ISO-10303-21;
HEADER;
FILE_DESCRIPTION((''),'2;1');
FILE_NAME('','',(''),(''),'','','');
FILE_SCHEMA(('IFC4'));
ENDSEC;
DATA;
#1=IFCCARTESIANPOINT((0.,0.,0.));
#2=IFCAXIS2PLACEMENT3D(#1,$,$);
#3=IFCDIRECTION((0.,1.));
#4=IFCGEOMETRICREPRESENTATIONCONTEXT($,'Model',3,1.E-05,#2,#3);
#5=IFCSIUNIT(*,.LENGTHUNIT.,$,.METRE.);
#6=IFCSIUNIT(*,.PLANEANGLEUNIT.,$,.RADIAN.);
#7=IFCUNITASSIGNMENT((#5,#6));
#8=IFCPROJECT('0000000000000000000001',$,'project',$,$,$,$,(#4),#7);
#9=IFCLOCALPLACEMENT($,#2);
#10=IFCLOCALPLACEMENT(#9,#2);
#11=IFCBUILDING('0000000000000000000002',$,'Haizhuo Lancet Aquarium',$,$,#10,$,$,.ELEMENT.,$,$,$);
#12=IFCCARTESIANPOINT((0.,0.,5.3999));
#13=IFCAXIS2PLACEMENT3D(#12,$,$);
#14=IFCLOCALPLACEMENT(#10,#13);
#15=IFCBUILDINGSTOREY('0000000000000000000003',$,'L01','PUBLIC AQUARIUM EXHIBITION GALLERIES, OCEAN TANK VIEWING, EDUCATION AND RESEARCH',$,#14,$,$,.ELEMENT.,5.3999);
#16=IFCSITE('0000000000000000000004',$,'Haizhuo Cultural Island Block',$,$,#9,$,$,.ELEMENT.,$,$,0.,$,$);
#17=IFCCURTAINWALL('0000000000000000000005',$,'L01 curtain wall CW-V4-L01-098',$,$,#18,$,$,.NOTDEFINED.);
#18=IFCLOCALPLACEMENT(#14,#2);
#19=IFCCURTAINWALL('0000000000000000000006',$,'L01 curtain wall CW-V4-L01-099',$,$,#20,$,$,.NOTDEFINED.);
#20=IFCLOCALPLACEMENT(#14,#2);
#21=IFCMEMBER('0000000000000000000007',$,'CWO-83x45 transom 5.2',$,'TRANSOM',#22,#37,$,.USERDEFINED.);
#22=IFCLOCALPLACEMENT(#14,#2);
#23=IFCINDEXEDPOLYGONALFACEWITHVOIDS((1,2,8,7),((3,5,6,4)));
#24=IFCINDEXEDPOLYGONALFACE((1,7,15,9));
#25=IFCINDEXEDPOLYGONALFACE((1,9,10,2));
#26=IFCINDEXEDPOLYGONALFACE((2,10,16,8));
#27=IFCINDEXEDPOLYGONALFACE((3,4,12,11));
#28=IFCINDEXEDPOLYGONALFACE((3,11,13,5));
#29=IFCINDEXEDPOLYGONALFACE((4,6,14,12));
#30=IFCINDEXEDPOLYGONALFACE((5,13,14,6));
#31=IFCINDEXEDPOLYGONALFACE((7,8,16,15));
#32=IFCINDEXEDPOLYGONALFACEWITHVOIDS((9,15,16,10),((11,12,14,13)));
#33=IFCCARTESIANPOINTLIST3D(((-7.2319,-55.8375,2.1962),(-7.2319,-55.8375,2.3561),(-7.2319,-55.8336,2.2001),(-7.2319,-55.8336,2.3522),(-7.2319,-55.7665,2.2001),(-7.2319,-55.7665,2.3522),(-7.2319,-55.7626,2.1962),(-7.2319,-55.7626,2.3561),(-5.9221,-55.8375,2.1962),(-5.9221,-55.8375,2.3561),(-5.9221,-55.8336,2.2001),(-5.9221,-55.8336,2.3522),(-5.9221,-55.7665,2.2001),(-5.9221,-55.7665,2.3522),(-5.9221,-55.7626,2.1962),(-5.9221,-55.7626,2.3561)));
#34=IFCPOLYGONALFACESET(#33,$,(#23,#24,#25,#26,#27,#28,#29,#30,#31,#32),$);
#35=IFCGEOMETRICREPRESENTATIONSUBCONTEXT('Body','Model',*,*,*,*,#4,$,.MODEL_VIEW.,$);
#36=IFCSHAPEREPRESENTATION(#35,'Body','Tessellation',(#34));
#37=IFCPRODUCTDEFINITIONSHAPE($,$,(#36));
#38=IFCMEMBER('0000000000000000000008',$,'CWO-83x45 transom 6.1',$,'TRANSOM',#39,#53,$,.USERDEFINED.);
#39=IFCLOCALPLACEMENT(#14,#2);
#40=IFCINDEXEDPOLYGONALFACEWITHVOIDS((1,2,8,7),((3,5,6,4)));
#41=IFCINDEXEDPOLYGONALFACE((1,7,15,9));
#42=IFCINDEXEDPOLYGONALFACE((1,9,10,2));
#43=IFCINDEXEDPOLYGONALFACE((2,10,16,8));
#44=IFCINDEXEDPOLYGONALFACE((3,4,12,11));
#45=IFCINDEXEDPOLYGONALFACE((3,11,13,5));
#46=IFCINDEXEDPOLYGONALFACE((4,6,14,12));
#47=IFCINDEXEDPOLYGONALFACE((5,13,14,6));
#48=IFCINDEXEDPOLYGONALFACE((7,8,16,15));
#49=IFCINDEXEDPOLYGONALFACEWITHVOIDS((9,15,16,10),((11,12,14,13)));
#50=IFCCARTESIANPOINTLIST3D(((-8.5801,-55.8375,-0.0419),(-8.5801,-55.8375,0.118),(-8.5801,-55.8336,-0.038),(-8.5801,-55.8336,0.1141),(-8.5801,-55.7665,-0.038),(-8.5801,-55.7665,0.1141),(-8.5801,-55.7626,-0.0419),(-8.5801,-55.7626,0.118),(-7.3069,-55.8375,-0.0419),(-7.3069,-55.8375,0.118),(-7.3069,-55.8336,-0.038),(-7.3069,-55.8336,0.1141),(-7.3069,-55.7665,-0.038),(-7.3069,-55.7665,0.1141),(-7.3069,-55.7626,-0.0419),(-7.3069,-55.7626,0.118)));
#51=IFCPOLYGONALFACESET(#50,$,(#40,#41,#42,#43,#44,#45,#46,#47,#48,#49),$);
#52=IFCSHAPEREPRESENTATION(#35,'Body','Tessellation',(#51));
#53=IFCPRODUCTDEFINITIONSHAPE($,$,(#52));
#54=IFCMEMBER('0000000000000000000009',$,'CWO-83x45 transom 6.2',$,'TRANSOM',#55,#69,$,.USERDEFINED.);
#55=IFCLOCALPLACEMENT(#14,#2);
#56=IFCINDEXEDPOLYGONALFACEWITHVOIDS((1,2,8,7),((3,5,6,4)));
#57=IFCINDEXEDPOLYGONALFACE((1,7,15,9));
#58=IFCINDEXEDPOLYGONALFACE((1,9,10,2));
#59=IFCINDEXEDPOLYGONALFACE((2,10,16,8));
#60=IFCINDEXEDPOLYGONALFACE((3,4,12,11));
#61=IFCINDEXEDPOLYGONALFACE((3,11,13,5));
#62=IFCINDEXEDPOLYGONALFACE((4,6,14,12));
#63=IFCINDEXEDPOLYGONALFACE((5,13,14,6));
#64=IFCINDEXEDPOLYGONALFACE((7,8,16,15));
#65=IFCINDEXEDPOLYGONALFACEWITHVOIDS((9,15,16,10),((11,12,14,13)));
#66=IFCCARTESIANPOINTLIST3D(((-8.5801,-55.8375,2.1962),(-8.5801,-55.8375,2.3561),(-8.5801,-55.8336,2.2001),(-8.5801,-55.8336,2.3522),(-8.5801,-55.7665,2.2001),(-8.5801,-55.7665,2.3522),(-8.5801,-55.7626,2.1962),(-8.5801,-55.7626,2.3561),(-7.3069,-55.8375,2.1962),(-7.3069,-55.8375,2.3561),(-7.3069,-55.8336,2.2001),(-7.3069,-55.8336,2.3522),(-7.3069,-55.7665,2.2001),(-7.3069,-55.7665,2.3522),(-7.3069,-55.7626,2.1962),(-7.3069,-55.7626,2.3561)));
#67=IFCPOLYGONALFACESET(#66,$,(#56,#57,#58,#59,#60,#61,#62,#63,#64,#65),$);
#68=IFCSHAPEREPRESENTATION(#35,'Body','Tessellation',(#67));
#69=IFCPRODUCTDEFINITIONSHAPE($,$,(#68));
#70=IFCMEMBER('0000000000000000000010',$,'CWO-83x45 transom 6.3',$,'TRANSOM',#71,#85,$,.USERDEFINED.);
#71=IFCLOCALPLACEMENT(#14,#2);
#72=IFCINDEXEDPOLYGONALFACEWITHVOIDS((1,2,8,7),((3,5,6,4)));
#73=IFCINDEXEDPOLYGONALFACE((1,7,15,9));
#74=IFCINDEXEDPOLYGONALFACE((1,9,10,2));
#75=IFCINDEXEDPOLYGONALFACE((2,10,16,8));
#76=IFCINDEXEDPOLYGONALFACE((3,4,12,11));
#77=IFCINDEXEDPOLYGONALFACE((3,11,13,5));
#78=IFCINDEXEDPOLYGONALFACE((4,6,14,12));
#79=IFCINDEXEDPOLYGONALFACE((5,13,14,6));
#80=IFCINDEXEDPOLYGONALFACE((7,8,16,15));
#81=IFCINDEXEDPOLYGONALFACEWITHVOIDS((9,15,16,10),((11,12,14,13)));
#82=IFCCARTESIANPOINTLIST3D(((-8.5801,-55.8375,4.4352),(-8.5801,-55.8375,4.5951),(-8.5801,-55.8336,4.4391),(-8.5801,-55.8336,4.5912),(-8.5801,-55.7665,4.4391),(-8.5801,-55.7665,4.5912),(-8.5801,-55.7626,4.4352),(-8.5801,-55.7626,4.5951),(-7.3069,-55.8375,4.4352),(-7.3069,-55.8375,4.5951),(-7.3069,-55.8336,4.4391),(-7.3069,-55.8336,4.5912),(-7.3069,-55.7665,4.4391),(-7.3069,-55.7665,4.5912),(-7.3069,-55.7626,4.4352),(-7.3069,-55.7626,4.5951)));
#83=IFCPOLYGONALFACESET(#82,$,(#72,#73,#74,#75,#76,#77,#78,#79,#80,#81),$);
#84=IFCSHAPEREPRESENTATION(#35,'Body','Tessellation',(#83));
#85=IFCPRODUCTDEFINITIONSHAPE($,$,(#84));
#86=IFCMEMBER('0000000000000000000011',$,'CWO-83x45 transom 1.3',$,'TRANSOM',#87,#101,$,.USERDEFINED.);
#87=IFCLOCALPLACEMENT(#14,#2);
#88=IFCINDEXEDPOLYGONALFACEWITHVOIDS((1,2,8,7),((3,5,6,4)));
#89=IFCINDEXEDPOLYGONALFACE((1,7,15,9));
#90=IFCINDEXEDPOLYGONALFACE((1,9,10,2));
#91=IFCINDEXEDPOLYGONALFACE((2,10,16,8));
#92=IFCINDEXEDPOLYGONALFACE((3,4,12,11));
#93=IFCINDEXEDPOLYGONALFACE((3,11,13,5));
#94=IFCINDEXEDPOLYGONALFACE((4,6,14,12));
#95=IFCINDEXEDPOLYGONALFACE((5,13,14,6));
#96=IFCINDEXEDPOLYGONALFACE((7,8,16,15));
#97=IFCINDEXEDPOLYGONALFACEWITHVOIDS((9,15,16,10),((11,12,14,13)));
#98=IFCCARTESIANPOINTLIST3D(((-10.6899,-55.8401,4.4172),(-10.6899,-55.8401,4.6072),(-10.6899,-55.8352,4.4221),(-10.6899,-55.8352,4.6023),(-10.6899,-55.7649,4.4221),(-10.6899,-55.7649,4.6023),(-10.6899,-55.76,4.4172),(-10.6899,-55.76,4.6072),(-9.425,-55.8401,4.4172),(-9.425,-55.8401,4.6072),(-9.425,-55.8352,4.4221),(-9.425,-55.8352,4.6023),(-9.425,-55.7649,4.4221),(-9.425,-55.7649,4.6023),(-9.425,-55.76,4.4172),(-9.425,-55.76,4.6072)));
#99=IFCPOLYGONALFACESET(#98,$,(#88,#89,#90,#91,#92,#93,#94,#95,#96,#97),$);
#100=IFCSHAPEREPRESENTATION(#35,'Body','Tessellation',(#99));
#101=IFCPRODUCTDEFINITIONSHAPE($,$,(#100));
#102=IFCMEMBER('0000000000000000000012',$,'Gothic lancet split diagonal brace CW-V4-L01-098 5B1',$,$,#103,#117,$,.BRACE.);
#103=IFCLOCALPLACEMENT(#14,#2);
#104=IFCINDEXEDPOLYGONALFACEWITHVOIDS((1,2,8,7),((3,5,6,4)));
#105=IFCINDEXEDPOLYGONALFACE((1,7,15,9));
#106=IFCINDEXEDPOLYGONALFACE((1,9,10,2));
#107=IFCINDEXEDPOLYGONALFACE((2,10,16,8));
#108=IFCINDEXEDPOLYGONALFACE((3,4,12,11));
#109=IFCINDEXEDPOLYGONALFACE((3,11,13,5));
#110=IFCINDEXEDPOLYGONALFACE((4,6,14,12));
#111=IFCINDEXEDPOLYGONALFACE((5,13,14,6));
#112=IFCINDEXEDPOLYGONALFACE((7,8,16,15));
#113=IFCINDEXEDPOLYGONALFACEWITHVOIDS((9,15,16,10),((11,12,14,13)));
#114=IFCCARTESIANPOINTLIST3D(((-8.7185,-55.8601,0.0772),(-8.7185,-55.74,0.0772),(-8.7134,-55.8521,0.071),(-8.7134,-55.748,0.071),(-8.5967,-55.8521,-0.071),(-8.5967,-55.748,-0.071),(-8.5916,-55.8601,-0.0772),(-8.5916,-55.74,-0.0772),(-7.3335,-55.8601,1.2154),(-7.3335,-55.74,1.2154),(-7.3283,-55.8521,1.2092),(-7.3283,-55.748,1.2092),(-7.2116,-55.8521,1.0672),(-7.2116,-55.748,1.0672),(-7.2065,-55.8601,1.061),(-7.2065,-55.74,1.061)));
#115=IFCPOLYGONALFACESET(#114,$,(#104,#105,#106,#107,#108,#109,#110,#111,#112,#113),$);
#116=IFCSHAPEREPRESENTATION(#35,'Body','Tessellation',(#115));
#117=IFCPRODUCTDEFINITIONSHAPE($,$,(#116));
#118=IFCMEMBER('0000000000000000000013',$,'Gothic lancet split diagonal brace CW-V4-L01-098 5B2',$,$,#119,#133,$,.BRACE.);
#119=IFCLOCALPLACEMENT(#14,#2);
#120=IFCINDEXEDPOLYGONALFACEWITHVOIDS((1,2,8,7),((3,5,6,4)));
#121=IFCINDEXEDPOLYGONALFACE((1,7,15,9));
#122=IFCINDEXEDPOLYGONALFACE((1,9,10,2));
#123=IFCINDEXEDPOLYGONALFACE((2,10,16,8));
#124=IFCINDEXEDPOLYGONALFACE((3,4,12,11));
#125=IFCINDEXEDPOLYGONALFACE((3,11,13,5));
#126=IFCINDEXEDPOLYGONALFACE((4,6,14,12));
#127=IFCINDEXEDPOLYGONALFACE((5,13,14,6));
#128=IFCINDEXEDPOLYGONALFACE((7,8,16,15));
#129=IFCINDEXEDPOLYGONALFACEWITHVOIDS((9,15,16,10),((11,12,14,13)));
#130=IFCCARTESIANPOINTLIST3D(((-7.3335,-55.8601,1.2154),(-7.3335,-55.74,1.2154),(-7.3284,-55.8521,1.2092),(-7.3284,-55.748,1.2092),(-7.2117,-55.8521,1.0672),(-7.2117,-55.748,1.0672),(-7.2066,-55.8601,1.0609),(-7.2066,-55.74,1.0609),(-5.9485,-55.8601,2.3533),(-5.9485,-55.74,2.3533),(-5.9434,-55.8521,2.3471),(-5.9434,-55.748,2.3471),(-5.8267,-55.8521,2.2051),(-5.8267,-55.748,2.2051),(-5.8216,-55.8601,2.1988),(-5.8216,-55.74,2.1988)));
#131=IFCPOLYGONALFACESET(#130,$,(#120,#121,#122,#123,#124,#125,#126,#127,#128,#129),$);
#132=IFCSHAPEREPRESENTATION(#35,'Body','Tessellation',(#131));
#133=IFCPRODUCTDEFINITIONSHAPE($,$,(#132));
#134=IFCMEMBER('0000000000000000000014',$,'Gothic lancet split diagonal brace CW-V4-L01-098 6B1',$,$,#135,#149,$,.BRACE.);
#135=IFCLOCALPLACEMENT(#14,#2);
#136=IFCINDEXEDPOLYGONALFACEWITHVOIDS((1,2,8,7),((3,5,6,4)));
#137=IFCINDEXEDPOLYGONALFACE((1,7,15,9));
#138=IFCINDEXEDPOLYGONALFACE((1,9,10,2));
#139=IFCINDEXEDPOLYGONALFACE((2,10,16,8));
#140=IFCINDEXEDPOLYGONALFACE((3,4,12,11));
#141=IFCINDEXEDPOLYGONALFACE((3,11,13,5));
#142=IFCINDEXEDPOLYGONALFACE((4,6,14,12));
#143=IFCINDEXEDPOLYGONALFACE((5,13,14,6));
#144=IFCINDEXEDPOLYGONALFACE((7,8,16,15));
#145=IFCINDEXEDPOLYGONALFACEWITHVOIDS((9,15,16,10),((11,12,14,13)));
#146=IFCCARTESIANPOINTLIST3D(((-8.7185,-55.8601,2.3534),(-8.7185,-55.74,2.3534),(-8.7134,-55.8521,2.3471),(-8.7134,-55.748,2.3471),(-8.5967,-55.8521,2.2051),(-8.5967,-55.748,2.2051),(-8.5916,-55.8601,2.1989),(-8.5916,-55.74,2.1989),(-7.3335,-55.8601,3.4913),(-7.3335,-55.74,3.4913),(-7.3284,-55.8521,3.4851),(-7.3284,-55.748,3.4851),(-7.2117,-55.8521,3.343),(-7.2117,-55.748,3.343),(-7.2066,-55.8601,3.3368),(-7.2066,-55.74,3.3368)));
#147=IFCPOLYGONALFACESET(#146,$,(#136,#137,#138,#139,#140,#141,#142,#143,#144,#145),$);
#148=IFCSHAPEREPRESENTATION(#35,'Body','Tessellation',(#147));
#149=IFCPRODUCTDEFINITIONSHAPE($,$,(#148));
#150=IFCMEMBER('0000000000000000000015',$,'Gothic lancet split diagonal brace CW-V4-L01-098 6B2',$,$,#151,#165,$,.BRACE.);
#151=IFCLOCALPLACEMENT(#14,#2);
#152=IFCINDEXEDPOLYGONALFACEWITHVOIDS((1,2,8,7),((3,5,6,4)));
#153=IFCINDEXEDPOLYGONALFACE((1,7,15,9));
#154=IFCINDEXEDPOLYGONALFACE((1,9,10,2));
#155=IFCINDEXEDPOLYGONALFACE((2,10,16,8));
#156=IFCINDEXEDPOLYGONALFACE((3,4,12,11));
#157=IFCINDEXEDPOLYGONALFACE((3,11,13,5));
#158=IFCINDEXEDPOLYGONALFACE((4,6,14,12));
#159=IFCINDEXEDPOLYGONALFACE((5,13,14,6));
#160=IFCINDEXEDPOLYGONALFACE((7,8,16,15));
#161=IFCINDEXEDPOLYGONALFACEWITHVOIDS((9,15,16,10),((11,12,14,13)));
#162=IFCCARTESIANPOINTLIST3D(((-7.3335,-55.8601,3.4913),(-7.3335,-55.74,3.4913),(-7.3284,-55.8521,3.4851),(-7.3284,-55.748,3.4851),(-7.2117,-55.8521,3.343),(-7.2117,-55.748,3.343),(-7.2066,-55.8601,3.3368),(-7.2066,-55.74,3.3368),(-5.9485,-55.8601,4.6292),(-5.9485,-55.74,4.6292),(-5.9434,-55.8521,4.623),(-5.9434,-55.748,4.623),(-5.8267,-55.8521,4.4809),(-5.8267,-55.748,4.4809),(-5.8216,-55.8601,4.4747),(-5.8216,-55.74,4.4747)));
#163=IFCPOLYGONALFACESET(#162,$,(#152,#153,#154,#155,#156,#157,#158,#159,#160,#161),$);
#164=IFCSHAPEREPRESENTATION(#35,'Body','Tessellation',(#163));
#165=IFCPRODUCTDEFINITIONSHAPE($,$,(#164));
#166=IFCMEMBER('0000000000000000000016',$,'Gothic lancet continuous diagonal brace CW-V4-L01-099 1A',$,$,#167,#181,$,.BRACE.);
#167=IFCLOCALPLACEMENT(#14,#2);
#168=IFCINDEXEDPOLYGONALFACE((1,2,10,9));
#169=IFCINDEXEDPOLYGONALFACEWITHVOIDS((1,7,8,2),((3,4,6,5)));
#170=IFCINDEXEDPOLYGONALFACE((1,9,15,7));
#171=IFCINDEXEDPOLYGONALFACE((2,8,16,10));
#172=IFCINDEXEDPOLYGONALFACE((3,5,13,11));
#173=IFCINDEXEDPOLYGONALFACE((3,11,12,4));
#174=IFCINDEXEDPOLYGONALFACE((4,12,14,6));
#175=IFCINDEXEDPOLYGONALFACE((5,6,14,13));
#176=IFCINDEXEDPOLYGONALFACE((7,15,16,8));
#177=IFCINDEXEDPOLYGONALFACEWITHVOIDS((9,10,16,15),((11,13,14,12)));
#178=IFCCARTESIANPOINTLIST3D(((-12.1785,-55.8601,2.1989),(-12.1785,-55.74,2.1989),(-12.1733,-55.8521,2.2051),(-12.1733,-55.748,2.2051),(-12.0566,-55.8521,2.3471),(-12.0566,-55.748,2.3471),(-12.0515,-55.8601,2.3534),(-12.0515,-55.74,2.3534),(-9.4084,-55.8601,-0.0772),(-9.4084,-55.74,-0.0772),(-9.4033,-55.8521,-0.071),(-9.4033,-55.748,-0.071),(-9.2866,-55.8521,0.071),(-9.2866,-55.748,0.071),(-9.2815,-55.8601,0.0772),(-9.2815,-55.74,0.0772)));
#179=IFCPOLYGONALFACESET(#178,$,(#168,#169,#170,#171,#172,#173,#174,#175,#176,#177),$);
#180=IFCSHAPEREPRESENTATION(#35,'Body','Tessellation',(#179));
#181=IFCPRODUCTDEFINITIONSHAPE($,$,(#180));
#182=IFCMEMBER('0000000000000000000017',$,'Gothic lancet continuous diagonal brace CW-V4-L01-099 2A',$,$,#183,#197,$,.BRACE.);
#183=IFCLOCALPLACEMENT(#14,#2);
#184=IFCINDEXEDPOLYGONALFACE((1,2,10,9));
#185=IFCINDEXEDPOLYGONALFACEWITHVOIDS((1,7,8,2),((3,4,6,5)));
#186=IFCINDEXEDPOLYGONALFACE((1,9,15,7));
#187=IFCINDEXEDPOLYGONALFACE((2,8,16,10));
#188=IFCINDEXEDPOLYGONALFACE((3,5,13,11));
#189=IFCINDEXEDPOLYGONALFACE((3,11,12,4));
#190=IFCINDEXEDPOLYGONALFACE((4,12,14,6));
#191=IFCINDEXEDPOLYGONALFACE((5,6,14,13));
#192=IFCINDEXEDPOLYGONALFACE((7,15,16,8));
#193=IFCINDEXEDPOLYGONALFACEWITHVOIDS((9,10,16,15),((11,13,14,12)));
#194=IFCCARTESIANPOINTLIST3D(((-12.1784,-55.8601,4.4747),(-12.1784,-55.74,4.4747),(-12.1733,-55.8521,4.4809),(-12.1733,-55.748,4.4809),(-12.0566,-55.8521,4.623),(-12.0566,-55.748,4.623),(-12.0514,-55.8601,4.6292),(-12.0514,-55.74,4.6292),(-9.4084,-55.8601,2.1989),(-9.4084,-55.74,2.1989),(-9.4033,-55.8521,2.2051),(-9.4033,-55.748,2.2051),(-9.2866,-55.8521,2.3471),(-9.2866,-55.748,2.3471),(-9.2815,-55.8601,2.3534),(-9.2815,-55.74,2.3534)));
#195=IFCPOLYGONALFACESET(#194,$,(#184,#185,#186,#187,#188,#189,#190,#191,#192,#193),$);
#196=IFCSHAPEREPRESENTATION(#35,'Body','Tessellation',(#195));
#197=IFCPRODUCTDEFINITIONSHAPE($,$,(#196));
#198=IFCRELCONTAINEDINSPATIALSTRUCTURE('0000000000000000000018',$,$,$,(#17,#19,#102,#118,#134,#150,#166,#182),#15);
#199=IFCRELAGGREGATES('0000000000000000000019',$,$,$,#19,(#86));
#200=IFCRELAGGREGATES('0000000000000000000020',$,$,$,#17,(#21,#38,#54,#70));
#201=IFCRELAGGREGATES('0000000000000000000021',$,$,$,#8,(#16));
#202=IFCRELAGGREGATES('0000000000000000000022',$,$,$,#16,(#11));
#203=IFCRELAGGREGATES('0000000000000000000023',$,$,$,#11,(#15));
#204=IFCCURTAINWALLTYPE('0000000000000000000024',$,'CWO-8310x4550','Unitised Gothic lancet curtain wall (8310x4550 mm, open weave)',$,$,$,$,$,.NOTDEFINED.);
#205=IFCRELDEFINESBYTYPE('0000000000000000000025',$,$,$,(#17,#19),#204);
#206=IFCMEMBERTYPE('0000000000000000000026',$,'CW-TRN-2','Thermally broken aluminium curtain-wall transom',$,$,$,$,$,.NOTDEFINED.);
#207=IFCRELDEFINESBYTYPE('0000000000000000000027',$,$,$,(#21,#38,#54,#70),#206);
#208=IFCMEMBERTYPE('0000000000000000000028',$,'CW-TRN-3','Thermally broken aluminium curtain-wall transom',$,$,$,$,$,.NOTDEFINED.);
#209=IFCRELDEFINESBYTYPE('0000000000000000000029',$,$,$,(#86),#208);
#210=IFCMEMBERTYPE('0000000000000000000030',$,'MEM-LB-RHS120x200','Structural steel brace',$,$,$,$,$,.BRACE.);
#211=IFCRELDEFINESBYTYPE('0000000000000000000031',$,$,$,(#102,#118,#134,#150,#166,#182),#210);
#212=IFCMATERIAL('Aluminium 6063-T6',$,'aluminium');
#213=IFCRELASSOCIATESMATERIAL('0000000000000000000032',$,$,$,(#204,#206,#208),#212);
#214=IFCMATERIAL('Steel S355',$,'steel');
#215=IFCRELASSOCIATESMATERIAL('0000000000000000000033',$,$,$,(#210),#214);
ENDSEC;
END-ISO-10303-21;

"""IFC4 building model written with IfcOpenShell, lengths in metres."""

from ifc_helpers import new_model, si_unit, direction, frame, origin, origin_2d, place, context, subcontext, project, spatial, hollow_rectangle, extrude, material, material_profile, profile_set, type_object, element, aggregate, save


model = new_model("IFC4")

# Units and contexts
model_context = context("Model", 3, precision=1e-05, world=origin(), true_north=direction((0.0, 1.0)))
body_context = subcontext(model_context, "Body", "Model", "MODEL_VIEW")
ifc_project = project(units=[si_unit("LENGTHUNIT", "METRE"), si_unit("PLANEANGLEUNIT", "RADIAN")], contexts=[model_context])

# Site, building, storey
site_placement = place(None, origin())
site = spatial("IfcSite", under=ifc_project, at=site_placement, Name="Haizhuo Cultural Island Block", CompositionType="ELEMENT", RefElevation=0.0)
building_placement = place(site_placement, origin())
building = spatial("IfcBuilding", under=site, at=building_placement, Name="Haizhuo Lancet Aquarium", CompositionType="ELEMENT")
storey_placement = place(building_placement, frame((0.0, 0.0, 5.3999)))
storey = spatial("IfcBuildingStorey", under=building, at=storey_placement, Name="L01", Description="PUBLIC AQUARIUM EXHIBITION GALLERIES, OCEAN TANK VIEWING, EDUCATION AND RESEARCH", CompositionType="ELEMENT", Elevation=5.3999)

# Shared definitions
ifc_material_1 = material(Name="Steel S355", Category="steel")

# Curtain wall
ifc_material_2 = material(Name="Aluminium 6063-T6", Category="aluminium")
curtain_wall_type = type_object("IfcCurtainWallType", Name="CWO-8310x4550", Description="Unitised Gothic lancet curtain wall (8310x4550 mm, open weave)", PredefinedType="NOTDEFINED", material=ifc_material_2)
curtain_wall_1_placement = place(storey_placement, origin())
curtain_wall_1 = element("IfcCurtainWall", 1, at=curtain_wall_1_placement, inside=storey, type_object=curtain_wall_type, Name="L01 curtain wall CW-V4-L01-098", PredefinedType="NOTDEFINED")

# Curtain wall
curtain_wall_2_placement = place(storey_placement, origin())
curtain_wall_2 = element("IfcCurtainWall", 2, at=curtain_wall_2_placement, inside=storey, type_object=curtain_wall_type, Name="L01 curtain wall CW-V4-L01-099", PredefinedType="NOTDEFINED")

# Members
ifc_material_profile_1 = material_profile(ifc_material_2, hollow_rectangle(XDim=0.075, YDim=0.1599, WallThickness=0.0039, at=origin_2d()), Name="ALU-T 75x160x4")
ifc_profile_set_1 = profile_set([ifc_material_profile_1], Name="Aluminium 6063-T6")
member_type_1 = type_object("IfcMemberType", Name="CW-TRN-2", Description="Thermally broken aluminium curtain-wall transom", PredefinedType="NOTDEFINED", material=ifc_profile_set_1)
member_1_placement = place(storey_placement, frame((-5.9221, -55.8, 2.2761), z_axis=(-1.0, 0.0, 0.0), x_axis=(0.0, -1.0, 0.0)))
member_1 = element("IfcMember", 3, at=member_1_placement, type_object=member_type_1, Name="CWO-83x45 transom 5.2", ObjectType="TRANSOM", PredefinedType="USERDEFINED", context=body_context, shape_type="SweptSolid", body=[
    extrude(hollow_rectangle(XDim=0.075, YDim=0.1599, WallThickness=0.0039, at=origin_2d()), origin(), (0.0, 0.0, 1.0), 1.3098),
])
member_2_placement = place(storey_placement, frame((-7.3069, -55.8, 0.0381), z_axis=(-1.0, 0.0, 0.0), x_axis=(0.0, -1.0, 0.0)))
member_2 = element("IfcMember", 4, at=member_2_placement, type_object=member_type_1, Name="CWO-83x45 transom 6.1", ObjectType="TRANSOM", PredefinedType="USERDEFINED", context=body_context, shape_type="SweptSolid", body=[
    extrude(hollow_rectangle(XDim=0.075, YDim=0.1599, WallThickness=0.0039, at=origin_2d()), origin(), (0.0, 0.0, 1.0), 1.2732),
])
member_3_placement = place(storey_placement, frame((-7.3069, -55.8, 2.2761), z_axis=(-1.0, 0.0, 0.0), x_axis=(0.0, -1.0, 0.0)))
member_3 = element("IfcMember", 5, at=member_3_placement, type_object=member_type_1, Name="CWO-83x45 transom 6.2", ObjectType="TRANSOM", PredefinedType="USERDEFINED", context=body_context, shape_type="SweptSolid", body=[
    extrude(hollow_rectangle(XDim=0.075, YDim=0.1599, WallThickness=0.0039, at=origin_2d()), origin(), (0.0, 0.0, 1.0), 1.2732),
])
member_4_placement = place(storey_placement, frame((-7.3069, -55.8, 4.5151), z_axis=(-1.0, 0.0, 0.0), x_axis=(0.0, -1.0, 0.0)))
member_4 = element("IfcMember", 6, at=member_4_placement, type_object=member_type_1, Name="CWO-83x45 transom 6.3", ObjectType="TRANSOM", PredefinedType="USERDEFINED", context=body_context, shape_type="SweptSolid", body=[
    extrude(hollow_rectangle(XDim=0.075, YDim=0.1599, WallThickness=0.0039, at=origin_2d()), origin(), (0.0, 0.0, 1.0), 1.2732),
])
ifc_material_profile_2 = material_profile(ifc_material_2, hollow_rectangle(XDim=0.0801, YDim=0.1899, WallThickness=0.0049, at=origin_2d()), Name="ALU-T 80x190x5")
ifc_profile_set_2 = profile_set([ifc_material_profile_2], Name="Aluminium 6063-T6")
member_type_2 = type_object("IfcMemberType", Name="CW-TRN-3", Description="Thermally broken aluminium curtain-wall transom", PredefinedType="NOTDEFINED", material=ifc_profile_set_2)
member_5_placement = place(storey_placement, frame((-9.425, -55.8, 4.5122), z_axis=(-1.0, 0.0, 0.0), x_axis=(0.0, -1.0, 0.0)))
member_5 = element("IfcMember", 7, at=member_5_placement, type_object=member_type_2, Name="CWO-83x45 transom 1.3", ObjectType="TRANSOM", PredefinedType="USERDEFINED", context=body_context, shape_type="SweptSolid", body=[
    extrude(hollow_rectangle(XDim=0.0801, YDim=0.1899, WallThickness=0.0049, at=origin_2d()), origin(), (0.0, 0.0, 1.0), 1.2649),
])
aggregate(curtain_wall_2, [member_5])

# Members
ifc_material_profile_3 = material_profile(ifc_material_1, hollow_rectangle(XDim=0.1201, YDim=0.2, WallThickness=0.0081, at=origin_2d()), Name="RHS 120x200x8")
ifc_profile_set_3 = profile_set([ifc_material_profile_3], Name="Steel S355")
member_type_3 = type_object("IfcMemberType", Name="MEM-LB-RHS120x200", Description="Structural steel brace", PredefinedType="BRACE", material=ifc_profile_set_3)
member_6_placement = place(storey_placement, frame((-8.655, -55.8, 0.0), z_axis=(0.77259, 0.0, 0.634905), x_axis=(0.0, 1.0, 0.0)))
element("IfcMember", 8, at=member_6_placement, inside=storey, type_object=member_type_3, Name="Gothic lancet split diagonal brace CW-V4-L01-098 5B1", PredefinedType="BRACE", context=body_context, shape_type="SweptSolid", body=[
    extrude(hollow_rectangle(XDim=0.1201, YDim=0.2, WallThickness=0.0081, at=origin_2d()), origin(), (0.0, 0.0, 1.0), 1.7927),
])
for number, where, z_axis, x_axis, name in (
    (9, (-7.27, -55.8, 1.1382), (0.772657, 0.0, 0.634824), (0.0, 1.0, 0.0), "Gothic lancet split diagonal brace CW-V4-L01-098 5B2"),
    (10, (-8.655, -55.8, 2.2761), (0.772657, 0.0, 0.634824), (0.0, 1.0, 0.0), "Gothic lancet split diagonal brace CW-V4-L01-098 6B1"),
    (11, (-7.27, -55.8, 3.4141), (0.772657, 0.0, 0.634824), (0.0, 1.0, 0.0), "Gothic lancet split diagonal brace CW-V4-L01-098 6B2"),
):
    element("IfcMember", number, at=place(storey_placement, frame(where, z_axis=z_axis, x_axis=x_axis)), inside=storey, type_object=member_type_3, Name=name, PredefinedType="BRACE", context=body_context, shape_type="SweptSolid", body=[
        extrude(hollow_rectangle(XDim=0.1201, YDim=0.2, WallThickness=0.0081, at=origin_2d()), origin(), (0.0, 0.0, 1.0), 1.7925),
    ])
member_7_placement = place(storey_placement, frame((-9.345, -55.8, 0.0), z_axis=(-0.772624, 0.0, 0.634864), x_axis=(0.0, -1.0, 0.0)))
element("IfcMember", 12, at=member_7_placement, inside=storey, type_object=member_type_3, Name="Gothic lancet continuous diagonal brace CW-V4-L01-099 1A", PredefinedType="BRACE", context=body_context, shape_type="SweptSolid", body=[
    extrude(hollow_rectangle(XDim=0.1201, YDim=0.2, WallThickness=0.0081, at=origin_2d()), origin(), (0.0, 0.0, 1.0), 3.5852),
])
member_8_placement = place(storey_placement, frame((-9.345, -55.8, 2.2761), z_axis=(-0.772657, 0.0, 0.634824), x_axis=(0.0, -1.0, 0.0)))
element("IfcMember", 13, at=member_8_placement, inside=storey, type_object=member_type_3, Name="Gothic lancet continuous diagonal brace CW-V4-L01-099 2A", PredefinedType="BRACE", context=body_context, shape_type="SweptSolid", body=[
    extrude(hollow_rectangle(XDim=0.1201, YDim=0.2, WallThickness=0.0081, at=origin_2d()), origin(), (0.0, 0.0, 1.0), 3.585),
])

aggregate(curtain_wall_1, [member_1, member_2, member_3, member_4])

save(model, "model.ifc")
